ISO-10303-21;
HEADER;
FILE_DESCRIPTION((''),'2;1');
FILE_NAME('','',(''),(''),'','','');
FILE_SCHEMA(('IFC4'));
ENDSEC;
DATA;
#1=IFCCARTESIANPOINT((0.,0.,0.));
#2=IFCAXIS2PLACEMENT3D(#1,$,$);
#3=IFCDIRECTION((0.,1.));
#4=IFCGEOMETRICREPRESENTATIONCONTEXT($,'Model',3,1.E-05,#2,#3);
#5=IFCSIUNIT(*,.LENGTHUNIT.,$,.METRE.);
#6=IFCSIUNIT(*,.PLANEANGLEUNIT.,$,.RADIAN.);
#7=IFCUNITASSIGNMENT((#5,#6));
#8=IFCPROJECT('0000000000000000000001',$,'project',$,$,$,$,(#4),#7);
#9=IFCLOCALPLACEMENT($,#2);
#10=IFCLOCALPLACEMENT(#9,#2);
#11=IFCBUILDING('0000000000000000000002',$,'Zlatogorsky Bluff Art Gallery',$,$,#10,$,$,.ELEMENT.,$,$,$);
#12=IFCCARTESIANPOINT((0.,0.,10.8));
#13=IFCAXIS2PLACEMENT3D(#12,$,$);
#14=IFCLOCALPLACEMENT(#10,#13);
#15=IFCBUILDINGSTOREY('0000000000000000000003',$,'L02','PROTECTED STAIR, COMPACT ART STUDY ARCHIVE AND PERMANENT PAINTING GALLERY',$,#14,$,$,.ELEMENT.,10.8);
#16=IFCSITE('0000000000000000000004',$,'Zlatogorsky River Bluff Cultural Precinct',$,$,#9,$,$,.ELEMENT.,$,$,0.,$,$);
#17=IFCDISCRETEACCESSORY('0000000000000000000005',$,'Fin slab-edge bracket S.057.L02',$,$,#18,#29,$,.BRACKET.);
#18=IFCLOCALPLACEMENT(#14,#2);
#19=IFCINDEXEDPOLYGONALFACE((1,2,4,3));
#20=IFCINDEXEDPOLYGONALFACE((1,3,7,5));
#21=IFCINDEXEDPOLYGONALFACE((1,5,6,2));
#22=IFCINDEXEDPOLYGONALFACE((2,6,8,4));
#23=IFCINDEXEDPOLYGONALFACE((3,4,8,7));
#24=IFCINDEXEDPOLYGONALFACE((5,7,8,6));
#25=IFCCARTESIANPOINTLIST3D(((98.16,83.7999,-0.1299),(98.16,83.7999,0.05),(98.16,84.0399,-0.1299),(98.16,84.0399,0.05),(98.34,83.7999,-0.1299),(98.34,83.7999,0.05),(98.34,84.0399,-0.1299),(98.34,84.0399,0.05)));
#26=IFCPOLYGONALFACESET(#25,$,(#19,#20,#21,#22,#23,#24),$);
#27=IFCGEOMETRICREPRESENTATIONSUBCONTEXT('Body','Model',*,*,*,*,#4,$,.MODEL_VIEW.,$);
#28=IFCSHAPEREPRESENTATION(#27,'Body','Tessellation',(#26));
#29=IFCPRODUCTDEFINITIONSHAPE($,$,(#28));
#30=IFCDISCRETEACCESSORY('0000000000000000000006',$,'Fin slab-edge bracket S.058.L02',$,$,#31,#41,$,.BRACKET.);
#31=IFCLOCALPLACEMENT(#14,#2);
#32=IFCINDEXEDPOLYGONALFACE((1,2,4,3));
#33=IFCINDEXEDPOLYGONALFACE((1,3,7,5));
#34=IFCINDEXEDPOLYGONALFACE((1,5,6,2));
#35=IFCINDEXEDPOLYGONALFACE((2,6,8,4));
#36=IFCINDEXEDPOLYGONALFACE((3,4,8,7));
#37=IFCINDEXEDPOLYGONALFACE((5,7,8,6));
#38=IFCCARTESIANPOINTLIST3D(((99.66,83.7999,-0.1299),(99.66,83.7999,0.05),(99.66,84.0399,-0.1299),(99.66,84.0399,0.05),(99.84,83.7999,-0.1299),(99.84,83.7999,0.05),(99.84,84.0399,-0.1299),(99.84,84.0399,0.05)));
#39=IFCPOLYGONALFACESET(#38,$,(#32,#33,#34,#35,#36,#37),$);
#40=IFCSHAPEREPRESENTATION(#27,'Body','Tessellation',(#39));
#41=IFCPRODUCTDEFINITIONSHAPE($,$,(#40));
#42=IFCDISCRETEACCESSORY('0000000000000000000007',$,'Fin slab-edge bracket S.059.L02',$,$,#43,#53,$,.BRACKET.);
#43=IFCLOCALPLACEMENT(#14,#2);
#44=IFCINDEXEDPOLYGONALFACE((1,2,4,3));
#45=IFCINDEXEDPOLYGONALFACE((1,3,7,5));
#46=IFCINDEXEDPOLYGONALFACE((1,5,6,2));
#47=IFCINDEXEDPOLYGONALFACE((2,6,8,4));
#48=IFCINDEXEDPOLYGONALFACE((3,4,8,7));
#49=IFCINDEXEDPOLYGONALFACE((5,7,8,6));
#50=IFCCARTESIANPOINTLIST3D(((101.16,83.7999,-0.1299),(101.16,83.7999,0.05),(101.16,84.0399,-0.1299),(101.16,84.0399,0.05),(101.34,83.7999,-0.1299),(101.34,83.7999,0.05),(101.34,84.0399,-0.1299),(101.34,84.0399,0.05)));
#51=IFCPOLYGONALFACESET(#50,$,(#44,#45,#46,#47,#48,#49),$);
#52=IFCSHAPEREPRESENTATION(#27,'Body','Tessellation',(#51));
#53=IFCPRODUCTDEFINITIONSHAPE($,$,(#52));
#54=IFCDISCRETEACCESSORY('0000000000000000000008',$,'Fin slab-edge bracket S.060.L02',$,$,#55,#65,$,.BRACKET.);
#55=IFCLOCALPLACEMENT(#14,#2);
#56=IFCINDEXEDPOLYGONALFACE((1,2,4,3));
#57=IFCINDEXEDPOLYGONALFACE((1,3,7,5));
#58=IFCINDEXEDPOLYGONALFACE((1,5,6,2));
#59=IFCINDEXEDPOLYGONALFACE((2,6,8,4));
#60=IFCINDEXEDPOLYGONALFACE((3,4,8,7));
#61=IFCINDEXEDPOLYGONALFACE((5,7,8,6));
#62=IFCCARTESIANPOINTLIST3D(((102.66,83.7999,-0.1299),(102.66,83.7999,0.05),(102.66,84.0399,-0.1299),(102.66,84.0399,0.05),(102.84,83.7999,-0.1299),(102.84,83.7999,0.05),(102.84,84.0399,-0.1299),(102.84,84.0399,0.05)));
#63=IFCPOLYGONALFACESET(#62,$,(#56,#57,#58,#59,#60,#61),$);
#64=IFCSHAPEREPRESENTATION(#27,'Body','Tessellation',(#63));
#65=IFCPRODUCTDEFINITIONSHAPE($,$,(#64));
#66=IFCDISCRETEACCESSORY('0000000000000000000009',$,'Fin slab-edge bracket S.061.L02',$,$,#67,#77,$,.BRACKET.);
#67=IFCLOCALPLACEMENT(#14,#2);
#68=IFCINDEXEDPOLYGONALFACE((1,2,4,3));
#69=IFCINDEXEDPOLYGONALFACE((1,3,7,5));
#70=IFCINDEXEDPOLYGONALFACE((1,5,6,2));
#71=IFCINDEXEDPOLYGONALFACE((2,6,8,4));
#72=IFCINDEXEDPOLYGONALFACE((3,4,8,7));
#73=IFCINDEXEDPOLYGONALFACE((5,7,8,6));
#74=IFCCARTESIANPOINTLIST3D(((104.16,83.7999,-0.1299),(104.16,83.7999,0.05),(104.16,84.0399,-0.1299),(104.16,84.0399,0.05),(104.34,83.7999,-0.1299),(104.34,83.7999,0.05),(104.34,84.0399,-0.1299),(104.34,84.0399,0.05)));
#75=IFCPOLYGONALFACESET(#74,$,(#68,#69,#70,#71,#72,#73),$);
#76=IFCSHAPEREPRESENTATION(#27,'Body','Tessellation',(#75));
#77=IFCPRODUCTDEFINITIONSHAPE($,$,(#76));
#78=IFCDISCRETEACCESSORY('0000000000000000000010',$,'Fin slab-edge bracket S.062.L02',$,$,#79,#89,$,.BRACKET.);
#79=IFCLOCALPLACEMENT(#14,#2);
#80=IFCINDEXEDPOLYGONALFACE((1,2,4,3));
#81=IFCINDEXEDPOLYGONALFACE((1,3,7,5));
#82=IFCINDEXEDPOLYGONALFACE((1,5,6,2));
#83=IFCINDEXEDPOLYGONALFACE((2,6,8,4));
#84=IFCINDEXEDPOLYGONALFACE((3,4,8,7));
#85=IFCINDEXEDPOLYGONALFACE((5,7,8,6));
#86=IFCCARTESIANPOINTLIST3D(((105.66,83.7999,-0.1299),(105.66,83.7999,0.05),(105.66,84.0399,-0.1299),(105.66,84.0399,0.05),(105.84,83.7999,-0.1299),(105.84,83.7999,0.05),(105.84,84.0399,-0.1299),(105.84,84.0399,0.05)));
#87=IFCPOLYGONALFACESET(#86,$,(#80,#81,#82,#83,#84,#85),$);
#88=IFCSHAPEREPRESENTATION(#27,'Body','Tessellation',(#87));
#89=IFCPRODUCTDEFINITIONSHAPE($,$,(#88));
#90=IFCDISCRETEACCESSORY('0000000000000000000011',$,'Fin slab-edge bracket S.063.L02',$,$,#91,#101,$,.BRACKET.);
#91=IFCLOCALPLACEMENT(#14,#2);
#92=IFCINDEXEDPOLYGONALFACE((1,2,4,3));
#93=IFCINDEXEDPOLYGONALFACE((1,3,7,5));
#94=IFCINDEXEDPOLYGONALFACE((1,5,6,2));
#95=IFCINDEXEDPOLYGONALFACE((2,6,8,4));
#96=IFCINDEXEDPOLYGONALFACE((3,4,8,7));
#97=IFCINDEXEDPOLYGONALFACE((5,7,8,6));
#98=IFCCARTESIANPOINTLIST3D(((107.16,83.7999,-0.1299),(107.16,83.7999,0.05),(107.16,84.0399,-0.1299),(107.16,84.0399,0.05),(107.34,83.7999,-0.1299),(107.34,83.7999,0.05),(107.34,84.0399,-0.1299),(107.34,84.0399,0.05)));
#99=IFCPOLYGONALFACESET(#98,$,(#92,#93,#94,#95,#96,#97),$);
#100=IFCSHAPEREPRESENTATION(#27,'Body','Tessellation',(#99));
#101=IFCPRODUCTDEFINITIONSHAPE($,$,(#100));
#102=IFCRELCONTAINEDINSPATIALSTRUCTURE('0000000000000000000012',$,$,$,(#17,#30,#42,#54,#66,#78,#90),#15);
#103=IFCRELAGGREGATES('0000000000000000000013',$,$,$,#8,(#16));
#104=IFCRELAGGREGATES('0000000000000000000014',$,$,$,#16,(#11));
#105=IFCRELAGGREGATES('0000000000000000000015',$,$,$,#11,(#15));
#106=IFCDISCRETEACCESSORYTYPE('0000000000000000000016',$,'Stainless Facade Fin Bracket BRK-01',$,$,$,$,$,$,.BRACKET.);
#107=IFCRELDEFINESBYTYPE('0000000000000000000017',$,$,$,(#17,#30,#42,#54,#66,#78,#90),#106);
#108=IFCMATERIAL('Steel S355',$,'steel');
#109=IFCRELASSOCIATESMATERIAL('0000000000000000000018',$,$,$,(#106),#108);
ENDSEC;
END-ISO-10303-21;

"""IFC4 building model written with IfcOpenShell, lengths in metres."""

from ifc_helpers import new_model, si_unit, direction, frame, origin, origin_2d, place, context, subcontext, project, spatial, rectangle, extrude, material, type_object, element, save


model = new_model("IFC4")

# Units and contexts
model_context = context("Model", 3, precision=1e-05, world=origin(), true_north=direction((0.0, 1.0)))
body_context = subcontext(model_context, "Body", "Model", "MODEL_VIEW")
ifc_project = project(units=[si_unit("LENGTHUNIT", "METRE"), si_unit("PLANEANGLEUNIT", "RADIAN")], contexts=[model_context])

# Site, building, storey
site_placement = place(None, origin())
site = spatial("IfcSite", under=ifc_project, at=site_placement, Name="Zlatogorsky River Bluff Cultural Precinct", CompositionType="ELEMENT", RefElevation=0.0)
building_placement = place(site_placement, origin())
building = spatial("IfcBuilding", under=site, at=building_placement, Name="Zlatogorsky Bluff Art Gallery", CompositionType="ELEMENT")
storey_placement = place(building_placement, frame((0.0, 0.0, 10.8)))
storey = spatial("IfcBuildingStorey", under=building, at=storey_placement, Name="L02", Description="PROTECTED STAIR, COMPACT ART STUDY ARCHIVE AND PERMANENT PAINTING GALLERY", CompositionType="ELEMENT", Elevation=10.8)

# Shared definitions
ifc_material_1 = material(Name="Steel S355", Category="steel")

# Discrete accessories
discrete_accessory_type = type_object("IfcDiscreteAccessoryType", Name="Stainless Facade Fin Bracket BRK-01", PredefinedType="BRACKET", material=ifc_material_1)
for number, where, z_axis, x_axis, name in (
    (1, (98.25, 83.9199, -0.1299), (0.0, 0.0, 1.0), (1.0, 0.0, 0.0), "Fin slab-edge bracket S.057.L02"),
    (2, (99.75, 83.9199, -0.1299), (0.0, 0.0, 1.0), (1.0, 0.0, 0.0), "Fin slab-edge bracket S.058.L02"),
    (3, (101.25, 83.9199, -0.1299), (0.0, 0.0, 1.0), (1.0, 0.0, 0.0), "Fin slab-edge bracket S.059.L02"),
    (4, (102.75, 83.9199, -0.1299), (0.0, 0.0, 1.0), (1.0, 0.0, 0.0), "Fin slab-edge bracket S.060.L02"),
    (5, (104.25, 83.9199, -0.1299), (0.0, 0.0, 1.0), (1.0, 0.0, 0.0), "Fin slab-edge bracket S.061.L02"),
    (6, (105.75, 83.9199, -0.1299), (0.0, 0.0, 1.0), (1.0, 0.0, 0.0), "Fin slab-edge bracket S.062.L02"),
    (7, (107.25, 83.9199, -0.1299), (0.0, 0.0, 1.0), (1.0, 0.0, 0.0), "Fin slab-edge bracket S.063.L02"),
):
    element("IfcDiscreteAccessory", number, at=place(storey_placement, frame(where, z_axis=z_axis, x_axis=x_axis)), inside=storey, type_object=discrete_accessory_type, Name=name, PredefinedType="BRACKET", context=body_context, shape_type="SweptSolid", body=[
        extrude(rectangle(XDim=0.1799, YDim=0.24, at=origin_2d()), origin(), (0.0, 0.0, 1.0), 0.1799),
    ])

save(model, "model.ifc")
